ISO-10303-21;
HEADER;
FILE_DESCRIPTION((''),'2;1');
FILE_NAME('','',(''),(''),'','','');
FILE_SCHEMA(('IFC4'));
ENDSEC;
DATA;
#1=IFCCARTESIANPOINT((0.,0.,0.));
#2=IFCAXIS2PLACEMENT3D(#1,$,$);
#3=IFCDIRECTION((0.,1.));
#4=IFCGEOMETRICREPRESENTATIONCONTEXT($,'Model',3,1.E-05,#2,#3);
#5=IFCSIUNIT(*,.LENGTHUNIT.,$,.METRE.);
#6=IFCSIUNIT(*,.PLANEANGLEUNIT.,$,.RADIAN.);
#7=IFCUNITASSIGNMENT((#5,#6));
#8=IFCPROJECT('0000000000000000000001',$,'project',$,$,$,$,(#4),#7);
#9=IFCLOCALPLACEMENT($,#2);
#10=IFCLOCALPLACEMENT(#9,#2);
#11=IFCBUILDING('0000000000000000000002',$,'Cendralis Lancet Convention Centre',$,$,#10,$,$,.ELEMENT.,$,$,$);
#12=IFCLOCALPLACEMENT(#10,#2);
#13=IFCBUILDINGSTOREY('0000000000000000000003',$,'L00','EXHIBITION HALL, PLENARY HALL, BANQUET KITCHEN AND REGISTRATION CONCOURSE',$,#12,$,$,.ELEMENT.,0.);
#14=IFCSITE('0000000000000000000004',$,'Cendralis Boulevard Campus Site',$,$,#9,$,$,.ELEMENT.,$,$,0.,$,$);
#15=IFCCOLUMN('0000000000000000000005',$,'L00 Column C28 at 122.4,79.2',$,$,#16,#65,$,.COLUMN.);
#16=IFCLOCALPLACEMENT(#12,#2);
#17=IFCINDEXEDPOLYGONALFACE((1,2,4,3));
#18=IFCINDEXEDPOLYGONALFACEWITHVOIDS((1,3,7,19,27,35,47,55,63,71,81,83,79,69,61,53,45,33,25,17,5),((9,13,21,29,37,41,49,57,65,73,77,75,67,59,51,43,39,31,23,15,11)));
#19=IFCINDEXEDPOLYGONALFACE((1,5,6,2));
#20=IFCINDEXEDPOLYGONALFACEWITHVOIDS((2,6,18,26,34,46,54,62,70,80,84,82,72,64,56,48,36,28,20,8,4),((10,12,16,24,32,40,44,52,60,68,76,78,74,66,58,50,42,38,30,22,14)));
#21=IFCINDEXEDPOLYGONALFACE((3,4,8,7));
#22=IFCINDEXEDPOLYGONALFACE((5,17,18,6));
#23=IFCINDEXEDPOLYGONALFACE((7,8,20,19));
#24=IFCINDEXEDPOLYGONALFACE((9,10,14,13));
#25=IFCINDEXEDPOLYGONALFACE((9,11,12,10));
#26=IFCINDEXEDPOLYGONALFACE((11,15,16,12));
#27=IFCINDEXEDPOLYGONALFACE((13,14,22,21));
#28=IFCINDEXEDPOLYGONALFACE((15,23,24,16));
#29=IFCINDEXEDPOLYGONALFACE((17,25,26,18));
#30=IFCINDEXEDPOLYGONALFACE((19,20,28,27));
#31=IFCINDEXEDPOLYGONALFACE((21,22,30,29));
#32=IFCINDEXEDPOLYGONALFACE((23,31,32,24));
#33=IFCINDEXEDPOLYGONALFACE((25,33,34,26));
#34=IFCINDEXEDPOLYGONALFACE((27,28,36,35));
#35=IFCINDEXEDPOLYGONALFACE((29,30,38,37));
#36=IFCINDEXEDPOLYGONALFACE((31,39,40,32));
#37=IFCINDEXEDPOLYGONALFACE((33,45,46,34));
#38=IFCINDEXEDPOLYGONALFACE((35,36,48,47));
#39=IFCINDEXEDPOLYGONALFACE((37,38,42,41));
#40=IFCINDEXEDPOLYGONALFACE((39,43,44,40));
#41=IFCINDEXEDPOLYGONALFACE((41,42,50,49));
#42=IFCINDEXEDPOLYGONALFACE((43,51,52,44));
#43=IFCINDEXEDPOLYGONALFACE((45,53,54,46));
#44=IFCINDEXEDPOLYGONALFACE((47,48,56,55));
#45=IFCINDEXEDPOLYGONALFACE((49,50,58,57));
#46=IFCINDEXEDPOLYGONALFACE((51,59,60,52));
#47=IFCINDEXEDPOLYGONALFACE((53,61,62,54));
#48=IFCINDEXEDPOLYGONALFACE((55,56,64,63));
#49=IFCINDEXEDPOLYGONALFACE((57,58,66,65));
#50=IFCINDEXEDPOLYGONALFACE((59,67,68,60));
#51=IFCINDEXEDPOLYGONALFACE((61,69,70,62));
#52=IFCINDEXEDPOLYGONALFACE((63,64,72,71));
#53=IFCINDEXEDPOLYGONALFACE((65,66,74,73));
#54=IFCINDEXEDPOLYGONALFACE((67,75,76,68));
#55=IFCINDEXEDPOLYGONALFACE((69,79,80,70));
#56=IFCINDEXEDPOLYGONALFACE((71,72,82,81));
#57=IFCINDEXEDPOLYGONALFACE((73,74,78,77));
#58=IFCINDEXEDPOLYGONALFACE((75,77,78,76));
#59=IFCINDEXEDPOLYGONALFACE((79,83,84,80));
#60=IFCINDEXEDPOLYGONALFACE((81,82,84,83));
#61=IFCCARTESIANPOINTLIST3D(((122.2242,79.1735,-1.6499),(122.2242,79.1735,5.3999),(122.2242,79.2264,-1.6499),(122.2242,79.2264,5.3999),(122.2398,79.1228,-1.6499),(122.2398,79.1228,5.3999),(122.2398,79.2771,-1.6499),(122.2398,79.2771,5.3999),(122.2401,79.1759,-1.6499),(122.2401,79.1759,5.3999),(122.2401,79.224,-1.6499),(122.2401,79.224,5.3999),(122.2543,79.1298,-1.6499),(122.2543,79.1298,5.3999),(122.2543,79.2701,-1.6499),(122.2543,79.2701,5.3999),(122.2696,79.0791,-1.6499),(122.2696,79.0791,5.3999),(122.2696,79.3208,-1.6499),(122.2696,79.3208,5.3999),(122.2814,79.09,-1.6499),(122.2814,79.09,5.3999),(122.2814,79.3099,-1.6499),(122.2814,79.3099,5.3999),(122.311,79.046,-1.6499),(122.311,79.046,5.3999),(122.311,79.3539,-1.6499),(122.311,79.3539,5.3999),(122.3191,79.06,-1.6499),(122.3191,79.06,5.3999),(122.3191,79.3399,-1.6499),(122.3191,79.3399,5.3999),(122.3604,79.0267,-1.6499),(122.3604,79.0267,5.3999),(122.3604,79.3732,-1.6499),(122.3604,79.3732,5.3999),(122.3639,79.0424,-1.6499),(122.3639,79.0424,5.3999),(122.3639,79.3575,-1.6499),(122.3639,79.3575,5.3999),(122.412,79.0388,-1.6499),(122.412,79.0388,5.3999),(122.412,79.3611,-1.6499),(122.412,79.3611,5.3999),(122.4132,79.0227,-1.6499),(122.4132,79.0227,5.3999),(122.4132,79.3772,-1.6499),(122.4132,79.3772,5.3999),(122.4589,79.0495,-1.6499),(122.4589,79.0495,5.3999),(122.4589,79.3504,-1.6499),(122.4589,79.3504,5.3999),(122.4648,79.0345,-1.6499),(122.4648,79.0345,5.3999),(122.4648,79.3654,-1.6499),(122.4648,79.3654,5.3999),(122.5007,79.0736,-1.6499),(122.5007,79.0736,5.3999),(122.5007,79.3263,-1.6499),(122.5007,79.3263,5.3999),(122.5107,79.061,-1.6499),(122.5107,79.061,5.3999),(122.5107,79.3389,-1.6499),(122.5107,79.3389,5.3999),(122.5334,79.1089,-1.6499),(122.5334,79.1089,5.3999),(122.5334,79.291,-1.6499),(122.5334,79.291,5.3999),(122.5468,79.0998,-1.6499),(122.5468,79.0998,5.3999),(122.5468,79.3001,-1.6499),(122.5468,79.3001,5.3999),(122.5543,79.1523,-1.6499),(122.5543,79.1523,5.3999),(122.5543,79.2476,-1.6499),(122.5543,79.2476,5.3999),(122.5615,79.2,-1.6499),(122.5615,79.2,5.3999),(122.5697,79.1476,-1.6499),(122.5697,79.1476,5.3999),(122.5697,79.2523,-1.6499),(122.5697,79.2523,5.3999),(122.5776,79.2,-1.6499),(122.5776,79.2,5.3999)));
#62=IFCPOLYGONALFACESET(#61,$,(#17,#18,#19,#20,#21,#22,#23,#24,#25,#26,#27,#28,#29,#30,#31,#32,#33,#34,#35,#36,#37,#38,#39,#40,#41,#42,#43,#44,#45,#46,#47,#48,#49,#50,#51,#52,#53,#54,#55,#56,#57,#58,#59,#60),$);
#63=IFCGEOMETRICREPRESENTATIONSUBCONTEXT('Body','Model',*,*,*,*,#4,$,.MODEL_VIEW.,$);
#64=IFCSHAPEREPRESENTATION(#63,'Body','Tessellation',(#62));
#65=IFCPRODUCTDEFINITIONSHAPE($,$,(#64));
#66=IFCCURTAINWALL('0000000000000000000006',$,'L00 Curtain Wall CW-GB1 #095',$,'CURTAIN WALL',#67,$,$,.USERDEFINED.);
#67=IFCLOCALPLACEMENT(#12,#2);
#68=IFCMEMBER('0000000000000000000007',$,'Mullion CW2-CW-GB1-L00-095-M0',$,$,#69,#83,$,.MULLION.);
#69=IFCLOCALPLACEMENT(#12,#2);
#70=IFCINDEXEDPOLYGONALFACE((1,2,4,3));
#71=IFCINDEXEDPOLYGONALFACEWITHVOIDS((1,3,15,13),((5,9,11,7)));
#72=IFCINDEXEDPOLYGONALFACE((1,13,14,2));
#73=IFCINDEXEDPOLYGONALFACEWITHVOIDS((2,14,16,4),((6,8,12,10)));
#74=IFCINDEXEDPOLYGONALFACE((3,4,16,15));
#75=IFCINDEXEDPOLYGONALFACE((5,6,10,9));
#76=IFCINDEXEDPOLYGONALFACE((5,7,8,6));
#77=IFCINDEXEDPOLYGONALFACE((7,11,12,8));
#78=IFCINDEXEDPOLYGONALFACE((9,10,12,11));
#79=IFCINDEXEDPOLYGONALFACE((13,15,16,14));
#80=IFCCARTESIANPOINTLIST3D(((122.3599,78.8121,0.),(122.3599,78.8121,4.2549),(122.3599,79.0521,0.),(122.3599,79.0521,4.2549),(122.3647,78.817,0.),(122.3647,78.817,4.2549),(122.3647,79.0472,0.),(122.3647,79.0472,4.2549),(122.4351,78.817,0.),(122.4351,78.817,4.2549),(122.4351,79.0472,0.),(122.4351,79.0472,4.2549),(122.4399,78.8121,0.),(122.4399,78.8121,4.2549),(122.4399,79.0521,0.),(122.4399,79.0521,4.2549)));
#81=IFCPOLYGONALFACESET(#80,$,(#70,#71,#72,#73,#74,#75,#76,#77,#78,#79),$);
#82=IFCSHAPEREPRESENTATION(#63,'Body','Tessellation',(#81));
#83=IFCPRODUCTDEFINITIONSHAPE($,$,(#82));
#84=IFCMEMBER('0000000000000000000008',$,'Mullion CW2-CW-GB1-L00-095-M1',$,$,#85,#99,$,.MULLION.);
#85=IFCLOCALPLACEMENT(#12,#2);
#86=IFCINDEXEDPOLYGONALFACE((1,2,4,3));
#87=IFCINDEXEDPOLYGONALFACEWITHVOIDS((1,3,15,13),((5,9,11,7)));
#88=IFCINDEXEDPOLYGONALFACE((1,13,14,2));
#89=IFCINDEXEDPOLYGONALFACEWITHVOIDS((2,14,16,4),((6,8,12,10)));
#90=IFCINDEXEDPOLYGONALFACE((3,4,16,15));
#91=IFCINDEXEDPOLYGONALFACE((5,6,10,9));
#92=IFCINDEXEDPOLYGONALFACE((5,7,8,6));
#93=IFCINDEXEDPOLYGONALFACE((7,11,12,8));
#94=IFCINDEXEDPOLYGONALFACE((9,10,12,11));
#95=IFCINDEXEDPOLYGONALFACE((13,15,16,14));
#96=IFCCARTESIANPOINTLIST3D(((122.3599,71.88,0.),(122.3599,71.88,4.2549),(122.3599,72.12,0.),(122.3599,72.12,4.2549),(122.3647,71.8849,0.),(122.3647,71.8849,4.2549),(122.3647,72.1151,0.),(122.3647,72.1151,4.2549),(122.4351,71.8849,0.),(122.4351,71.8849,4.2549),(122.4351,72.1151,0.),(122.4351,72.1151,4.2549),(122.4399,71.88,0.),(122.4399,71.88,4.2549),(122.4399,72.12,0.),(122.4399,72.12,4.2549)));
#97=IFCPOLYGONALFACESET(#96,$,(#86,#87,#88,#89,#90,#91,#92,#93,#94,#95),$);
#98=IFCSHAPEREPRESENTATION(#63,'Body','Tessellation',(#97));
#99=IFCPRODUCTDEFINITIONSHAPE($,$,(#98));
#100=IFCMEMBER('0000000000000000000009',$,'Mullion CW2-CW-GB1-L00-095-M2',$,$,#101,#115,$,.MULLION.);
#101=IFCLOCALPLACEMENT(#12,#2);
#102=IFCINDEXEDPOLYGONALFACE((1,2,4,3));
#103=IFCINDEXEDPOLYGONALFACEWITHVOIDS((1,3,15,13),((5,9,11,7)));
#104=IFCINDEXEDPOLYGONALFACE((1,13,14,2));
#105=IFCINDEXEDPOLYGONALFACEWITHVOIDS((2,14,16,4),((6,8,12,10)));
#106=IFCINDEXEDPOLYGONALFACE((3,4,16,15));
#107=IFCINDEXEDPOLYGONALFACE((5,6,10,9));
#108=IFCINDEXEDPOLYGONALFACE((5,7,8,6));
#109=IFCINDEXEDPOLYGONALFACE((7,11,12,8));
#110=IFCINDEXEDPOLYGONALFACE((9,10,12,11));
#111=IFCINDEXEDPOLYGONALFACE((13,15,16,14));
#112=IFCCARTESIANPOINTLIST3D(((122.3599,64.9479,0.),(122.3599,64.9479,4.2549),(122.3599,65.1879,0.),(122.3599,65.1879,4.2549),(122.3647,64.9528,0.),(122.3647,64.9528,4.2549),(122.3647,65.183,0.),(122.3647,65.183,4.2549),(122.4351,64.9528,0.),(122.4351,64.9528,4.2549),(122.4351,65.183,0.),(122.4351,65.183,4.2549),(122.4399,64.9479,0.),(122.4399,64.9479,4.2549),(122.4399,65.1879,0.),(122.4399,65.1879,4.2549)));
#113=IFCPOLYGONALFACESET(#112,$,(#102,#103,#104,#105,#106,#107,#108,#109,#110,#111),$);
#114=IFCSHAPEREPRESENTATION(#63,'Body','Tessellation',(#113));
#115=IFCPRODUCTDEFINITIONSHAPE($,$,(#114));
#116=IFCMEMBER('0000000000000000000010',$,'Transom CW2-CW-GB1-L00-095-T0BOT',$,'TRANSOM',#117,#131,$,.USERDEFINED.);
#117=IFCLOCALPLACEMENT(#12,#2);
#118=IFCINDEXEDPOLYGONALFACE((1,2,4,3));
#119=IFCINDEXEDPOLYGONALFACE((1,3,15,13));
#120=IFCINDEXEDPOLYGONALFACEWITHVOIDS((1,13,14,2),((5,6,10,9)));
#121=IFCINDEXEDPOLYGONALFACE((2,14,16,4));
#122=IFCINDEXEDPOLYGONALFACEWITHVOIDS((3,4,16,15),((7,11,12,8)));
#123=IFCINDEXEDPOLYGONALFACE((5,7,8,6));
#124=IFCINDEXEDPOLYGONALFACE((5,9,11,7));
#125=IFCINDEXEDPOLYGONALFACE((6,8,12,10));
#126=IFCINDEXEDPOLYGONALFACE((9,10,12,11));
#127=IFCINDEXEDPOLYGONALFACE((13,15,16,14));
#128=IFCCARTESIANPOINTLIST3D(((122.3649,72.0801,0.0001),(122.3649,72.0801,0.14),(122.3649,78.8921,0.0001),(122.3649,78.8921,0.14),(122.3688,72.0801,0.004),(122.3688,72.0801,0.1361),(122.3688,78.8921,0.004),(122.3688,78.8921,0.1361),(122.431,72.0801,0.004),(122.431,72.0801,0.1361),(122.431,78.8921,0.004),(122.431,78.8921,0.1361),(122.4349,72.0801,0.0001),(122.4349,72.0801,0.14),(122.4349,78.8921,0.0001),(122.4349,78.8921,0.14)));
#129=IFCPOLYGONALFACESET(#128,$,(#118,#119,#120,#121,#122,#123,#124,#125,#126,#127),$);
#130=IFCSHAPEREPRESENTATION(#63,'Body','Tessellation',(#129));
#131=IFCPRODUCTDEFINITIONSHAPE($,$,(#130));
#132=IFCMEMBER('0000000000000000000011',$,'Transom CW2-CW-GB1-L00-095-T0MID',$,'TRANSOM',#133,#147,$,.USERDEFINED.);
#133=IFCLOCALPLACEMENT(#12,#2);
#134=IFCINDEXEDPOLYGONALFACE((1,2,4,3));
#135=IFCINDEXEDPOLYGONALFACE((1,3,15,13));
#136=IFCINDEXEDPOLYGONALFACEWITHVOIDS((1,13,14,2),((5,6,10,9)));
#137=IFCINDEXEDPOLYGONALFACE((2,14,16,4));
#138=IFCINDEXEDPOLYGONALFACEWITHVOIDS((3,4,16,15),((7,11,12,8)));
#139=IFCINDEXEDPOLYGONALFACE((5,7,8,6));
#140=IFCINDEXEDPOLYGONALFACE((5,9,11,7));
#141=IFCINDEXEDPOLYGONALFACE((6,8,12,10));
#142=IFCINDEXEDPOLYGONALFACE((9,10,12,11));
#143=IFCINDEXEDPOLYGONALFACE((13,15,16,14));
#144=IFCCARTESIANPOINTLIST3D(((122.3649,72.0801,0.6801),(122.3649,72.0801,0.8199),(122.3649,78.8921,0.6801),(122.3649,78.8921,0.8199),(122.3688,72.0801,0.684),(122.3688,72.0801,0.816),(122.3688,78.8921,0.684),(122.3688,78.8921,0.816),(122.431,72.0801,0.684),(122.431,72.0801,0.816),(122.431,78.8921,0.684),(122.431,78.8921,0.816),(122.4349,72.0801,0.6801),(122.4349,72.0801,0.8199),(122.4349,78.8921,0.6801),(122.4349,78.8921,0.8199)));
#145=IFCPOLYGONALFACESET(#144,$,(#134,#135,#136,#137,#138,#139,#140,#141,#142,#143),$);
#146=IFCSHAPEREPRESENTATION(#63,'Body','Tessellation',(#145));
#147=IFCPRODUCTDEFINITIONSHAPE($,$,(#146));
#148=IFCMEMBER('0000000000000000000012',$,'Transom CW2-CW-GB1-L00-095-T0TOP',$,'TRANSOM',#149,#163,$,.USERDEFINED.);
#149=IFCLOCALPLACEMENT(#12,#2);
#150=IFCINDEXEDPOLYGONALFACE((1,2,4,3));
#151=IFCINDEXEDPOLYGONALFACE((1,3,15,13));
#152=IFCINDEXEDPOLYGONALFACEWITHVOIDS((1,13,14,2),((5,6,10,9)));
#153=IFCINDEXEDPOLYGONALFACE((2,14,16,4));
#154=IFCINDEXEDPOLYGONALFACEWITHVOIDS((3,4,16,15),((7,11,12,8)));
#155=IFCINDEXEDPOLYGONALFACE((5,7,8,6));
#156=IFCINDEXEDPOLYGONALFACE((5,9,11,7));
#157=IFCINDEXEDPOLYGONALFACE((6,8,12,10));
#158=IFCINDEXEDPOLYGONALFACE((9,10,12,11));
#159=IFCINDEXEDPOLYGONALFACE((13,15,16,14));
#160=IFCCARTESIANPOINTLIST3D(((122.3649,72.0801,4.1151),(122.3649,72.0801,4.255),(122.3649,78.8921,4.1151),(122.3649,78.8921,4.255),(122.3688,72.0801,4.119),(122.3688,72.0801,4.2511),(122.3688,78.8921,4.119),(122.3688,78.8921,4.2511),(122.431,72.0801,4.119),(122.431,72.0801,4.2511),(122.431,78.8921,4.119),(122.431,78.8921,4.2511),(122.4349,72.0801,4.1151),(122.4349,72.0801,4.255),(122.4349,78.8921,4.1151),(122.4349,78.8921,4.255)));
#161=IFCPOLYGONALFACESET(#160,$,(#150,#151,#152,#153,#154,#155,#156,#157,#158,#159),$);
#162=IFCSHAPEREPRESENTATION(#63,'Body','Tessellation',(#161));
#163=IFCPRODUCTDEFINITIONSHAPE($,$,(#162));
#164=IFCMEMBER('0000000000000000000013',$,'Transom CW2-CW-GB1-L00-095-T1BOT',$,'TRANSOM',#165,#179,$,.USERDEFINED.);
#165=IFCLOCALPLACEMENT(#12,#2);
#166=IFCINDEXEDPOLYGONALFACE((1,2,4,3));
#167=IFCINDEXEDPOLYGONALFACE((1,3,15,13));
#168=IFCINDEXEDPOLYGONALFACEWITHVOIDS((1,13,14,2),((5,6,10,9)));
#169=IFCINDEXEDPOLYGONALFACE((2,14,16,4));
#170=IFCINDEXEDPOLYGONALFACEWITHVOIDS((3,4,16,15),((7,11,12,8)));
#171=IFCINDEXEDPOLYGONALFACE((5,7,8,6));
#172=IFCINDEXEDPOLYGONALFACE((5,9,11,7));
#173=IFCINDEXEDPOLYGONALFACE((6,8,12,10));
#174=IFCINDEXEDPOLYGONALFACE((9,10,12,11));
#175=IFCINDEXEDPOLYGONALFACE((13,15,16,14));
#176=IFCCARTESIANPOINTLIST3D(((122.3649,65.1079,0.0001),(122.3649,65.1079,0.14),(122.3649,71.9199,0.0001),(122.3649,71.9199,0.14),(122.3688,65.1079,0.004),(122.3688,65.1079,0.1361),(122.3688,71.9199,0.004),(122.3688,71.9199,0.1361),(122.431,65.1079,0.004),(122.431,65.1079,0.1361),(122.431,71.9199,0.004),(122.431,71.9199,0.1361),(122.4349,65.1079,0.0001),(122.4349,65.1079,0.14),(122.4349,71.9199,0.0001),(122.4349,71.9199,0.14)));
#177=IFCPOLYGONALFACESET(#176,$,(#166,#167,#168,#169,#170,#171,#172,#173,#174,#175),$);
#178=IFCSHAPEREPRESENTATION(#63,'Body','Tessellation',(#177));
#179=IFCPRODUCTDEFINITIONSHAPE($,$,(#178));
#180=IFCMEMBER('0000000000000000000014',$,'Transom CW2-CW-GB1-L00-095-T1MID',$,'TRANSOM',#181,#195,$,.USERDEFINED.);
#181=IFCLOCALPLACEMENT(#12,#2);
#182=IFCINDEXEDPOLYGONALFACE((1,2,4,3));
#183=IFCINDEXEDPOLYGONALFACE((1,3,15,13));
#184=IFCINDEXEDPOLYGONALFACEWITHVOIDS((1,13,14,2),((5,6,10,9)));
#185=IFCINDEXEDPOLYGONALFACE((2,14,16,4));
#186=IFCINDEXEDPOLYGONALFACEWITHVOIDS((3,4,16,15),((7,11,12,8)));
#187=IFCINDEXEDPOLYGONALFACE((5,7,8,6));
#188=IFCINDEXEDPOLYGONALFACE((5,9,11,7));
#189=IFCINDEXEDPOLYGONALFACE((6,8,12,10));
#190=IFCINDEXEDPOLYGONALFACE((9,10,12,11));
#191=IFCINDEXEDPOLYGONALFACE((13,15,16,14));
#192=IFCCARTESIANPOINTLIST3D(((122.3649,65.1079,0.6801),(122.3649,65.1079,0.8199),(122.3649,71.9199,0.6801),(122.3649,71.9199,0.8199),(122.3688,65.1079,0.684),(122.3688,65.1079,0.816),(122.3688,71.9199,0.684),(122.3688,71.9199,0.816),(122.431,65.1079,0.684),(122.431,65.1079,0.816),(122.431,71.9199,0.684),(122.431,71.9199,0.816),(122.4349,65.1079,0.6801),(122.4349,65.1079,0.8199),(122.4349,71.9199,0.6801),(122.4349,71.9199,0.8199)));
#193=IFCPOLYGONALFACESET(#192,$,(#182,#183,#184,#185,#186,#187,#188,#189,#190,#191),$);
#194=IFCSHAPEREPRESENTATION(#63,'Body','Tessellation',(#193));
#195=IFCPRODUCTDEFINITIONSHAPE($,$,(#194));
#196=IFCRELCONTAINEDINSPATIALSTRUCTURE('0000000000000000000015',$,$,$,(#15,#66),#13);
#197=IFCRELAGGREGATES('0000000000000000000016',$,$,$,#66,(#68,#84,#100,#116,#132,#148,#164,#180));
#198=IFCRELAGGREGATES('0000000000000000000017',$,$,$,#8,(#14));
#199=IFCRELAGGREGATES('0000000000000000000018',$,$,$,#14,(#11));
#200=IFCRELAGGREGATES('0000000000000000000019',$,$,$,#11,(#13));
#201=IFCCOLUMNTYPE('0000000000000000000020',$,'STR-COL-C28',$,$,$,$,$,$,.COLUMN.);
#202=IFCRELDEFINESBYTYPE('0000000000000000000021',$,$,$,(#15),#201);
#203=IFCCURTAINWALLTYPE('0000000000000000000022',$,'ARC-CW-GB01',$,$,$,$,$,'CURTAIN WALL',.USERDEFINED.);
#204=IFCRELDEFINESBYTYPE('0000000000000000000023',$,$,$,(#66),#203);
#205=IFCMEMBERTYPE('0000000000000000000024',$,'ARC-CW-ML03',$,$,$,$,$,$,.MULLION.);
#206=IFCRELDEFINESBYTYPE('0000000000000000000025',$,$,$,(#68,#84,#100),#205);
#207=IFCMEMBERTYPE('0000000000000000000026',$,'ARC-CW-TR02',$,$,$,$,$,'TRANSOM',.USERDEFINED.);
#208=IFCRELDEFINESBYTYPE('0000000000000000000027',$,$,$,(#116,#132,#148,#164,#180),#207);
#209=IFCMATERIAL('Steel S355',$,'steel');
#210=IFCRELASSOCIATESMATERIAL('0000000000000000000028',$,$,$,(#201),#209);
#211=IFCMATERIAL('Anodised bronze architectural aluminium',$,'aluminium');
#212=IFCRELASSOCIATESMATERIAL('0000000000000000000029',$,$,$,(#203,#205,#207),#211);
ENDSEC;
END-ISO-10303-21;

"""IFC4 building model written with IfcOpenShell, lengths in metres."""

from ifc_helpers import new_model, si_unit, direction, frame, origin, origin_2d, place, context, subcontext, project, spatial, hollow_rectangle, hollow_circle, extrude, material, material_profile, profile_set, type_object, element, aggregate, save


model = new_model("IFC4")

# Units and contexts
model_context = context("Model", 3, precision=1e-05, world=origin(), true_north=direction((0.0, 1.0)))
body_context = subcontext(model_context, "Body", "Model", "MODEL_VIEW")
ifc_project = project(units=[si_unit("LENGTHUNIT", "METRE"), si_unit("PLANEANGLEUNIT", "RADIAN")], contexts=[model_context])

# Site, building, storey
site_placement = place(None, origin())
site = spatial("IfcSite", under=ifc_project, at=site_placement, Name="Cendralis Boulevard Campus Site", CompositionType="ELEMENT", RefElevation=0.0)
building_placement = place(site_placement, origin())
building = spatial("IfcBuilding", under=site, at=building_placement, Name="Cendralis Lancet Convention Centre", CompositionType="ELEMENT")
storey_placement = place(building_placement, origin())
storey = spatial("IfcBuildingStorey", under=building, at=storey_placement, Name="L00", Description="EXHIBITION HALL, PLENARY HALL, BANQUET KITCHEN AND REGISTRATION CONCOURSE", CompositionType="ELEMENT", Elevation=0.0)

# Column
ifc_material_1 = material(Name="Steel S355", Category="steel")
ifc_material_profile_1 = material_profile(ifc_material_1, hollow_circle(Radius=0.1777, WallThickness=0.0161, at=origin_2d()), Name="CHS 355.6x16.0")
ifc_profile_set_1 = profile_set([ifc_material_profile_1], Name="Steel S355")
column_type_1 = type_object("IfcColumnType", Name="STR-COL-C28", PredefinedType="COLUMN", material=ifc_profile_set_1)
column_placement = place(storey_placement, frame((122.3999, 79.2, -1.6499), z_axis=(0.0, 0.0, 1.0), x_axis=(1.0, 0.0, 0.0)))
element("IfcColumn", 1, at=column_placement, inside=storey, type_object=column_type_1, Name="L00 Column C28 at 122.4,79.2", PredefinedType="COLUMN", context=body_context, shape_type="SweptSolid", body=[
    extrude(hollow_circle(Radius=0.1777, WallThickness=0.0161, at=origin_2d()), origin(), (0.0, 0.0, 1.0), 7.0498),
])

# Curtain wall, members
ifc_material_2 = material(Name="Anodised bronze architectural aluminium", Category="aluminium")
curtain_wall_type = type_object("IfcCurtainWallType", Name="ARC-CW-GB01", ElementType="CURTAIN WALL", PredefinedType="USERDEFINED", material=ifc_material_2)
curtain_wall_placement = place(storey_placement, origin())
curtain_wall = element("IfcCurtainWall", 2, at=curtain_wall_placement, inside=storey, type_object=curtain_wall_type, Name="L00 Curtain Wall CW-GB1 #095", ObjectType="CURTAIN WALL", PredefinedType="USERDEFINED")
ifc_material_profile_2 = material_profile(ifc_material_2, hollow_rectangle(XDim=0.0801, YDim=0.24, WallThickness=0.0049, at=origin_2d()), Name="AL-MULL 80x240x5.0")
ifc_profile_set_2 = profile_set([ifc_material_profile_2], Name="Anodised bronze architectural aluminium")
member_type_1 = type_object("IfcMemberType", Name="ARC-CW-ML03", PredefinedType="MULLION", material=ifc_profile_set_2)
member_1_placement = place(storey_placement, frame((122.3999, 78.9321, 0.0), z_axis=(0.0, 0.0, 1.0), x_axis=(1.0, 0.0, 0.0)))
member_1 = element("IfcMember", 3, at=member_1_placement, type_object=member_type_1, Name="Mullion CW2-CW-GB1-L00-095-M0", PredefinedType="MULLION", context=body_context, shape_type="SweptSolid", body=[
    extrude(hollow_rectangle(XDim=0.0801, YDim=0.24, WallThickness=0.0049, at=origin_2d()), origin(), (0.0, 0.0, 1.0), 4.2549),
])
member_2_placement = place(storey_placement, frame((122.3999, 72.0, 0.0), z_axis=(0.0, 0.0, 1.0), x_axis=(1.0, 0.0, 0.0)))
member_2 = element("IfcMember", 4, at=member_2_placement, type_object=member_type_1, Name="Mullion CW2-CW-GB1-L00-095-M1", PredefinedType="MULLION", context=body_context, shape_type="SweptSolid", body=[
    extrude(hollow_rectangle(XDim=0.0801, YDim=0.24, WallThickness=0.0049, at=origin_2d()), origin(), (0.0, 0.0, 1.0), 4.2549),
])
member_3_placement = place(storey_placement, frame((122.3999, 65.0679, 0.0), z_axis=(0.0, 0.0, 1.0), x_axis=(1.0, 0.0, 0.0)))
member_3 = element("IfcMember", 5, at=member_3_placement, type_object=member_type_1, Name="Mullion CW2-CW-GB1-L00-095-M2", PredefinedType="MULLION", context=body_context, shape_type="SweptSolid", body=[
    extrude(hollow_rectangle(XDim=0.0801, YDim=0.24, WallThickness=0.0049, at=origin_2d()), origin(), (0.0, 0.0, 1.0), 4.2549),
])
ifc_material_profile_3 = material_profile(ifc_material_2, hollow_rectangle(XDim=0.0701, YDim=0.1399, WallThickness=0.0039, at=origin_2d()), Name="AL-TRAN 70x140x4.0")
ifc_profile_set_3 = profile_set([ifc_material_profile_3], Name="Anodised bronze architectural aluminium")
member_type_2 = type_object("IfcMemberType", Name="ARC-CW-TR02", ElementType="TRANSOM", PredefinedType="USERDEFINED", material=ifc_profile_set_3)
member_4_placement = place(storey_placement, frame((122.3999, 78.8921, 0.0701), z_axis=(0.0, -1.0, 0.0), x_axis=(1.0, 0.0, 0.0)))
member_4 = element("IfcMember", 6, at=member_4_placement, type_object=member_type_2, Name="Transom CW2-CW-GB1-L00-095-T0BOT", ObjectType="TRANSOM", PredefinedType="USERDEFINED", context=body_context, shape_type="SweptSolid", body=[
    extrude(hollow_rectangle(XDim=0.0701, YDim=0.1399, WallThickness=0.0039, at=origin_2d()), origin(), (0.0, 0.0, 1.0), 6.812),
])
member_5_placement = place(storey_placement, frame((122.3999, 78.8921, 0.75), z_axis=(0.0, -1.0, 0.0), x_axis=(1.0, 0.0, 0.0)))
member_5 = element("IfcMember", 7, at=member_5_placement, type_object=member_type_2, Name="Transom CW2-CW-GB1-L00-095-T0MID", ObjectType="TRANSOM", PredefinedType="USERDEFINED", context=body_context, shape_type="SweptSolid", body=[
    extrude(hollow_rectangle(XDim=0.0701, YDim=0.1399, WallThickness=0.0039, at=origin_2d()), origin(), (0.0, 0.0, 1.0), 6.812),
])
member_6_placement = place(storey_placement, frame((122.3999, 78.8921, 4.1851), z_axis=(0.0, -1.0, 0.0), x_axis=(1.0, 0.0, 0.0)))
member_6 = element("IfcMember", 8, at=member_6_placement, type_object=member_type_2, Name="Transom CW2-CW-GB1-L00-095-T0TOP", ObjectType="TRANSOM", PredefinedType="USERDEFINED", context=body_context, shape_type="SweptSolid", body=[
    extrude(hollow_rectangle(XDim=0.0701, YDim=0.1399, WallThickness=0.0039, at=origin_2d()), origin(), (0.0, 0.0, 1.0), 6.812),
])
member_7_placement = place(storey_placement, frame((122.3999, 71.9199, 0.0701), z_axis=(0.0, -1.0, 0.0), x_axis=(1.0, 0.0, 0.0)))
member_7 = element("IfcMember", 9, at=member_7_placement, type_object=member_type_2, Name="Transom CW2-CW-GB1-L00-095-T1BOT", ObjectType="TRANSOM", PredefinedType="USERDEFINED", context=body_context, shape_type="SweptSolid", body=[
    extrude(hollow_rectangle(XDim=0.0701, YDim=0.1399, WallThickness=0.0039, at=origin_2d()), origin(), (0.0, 0.0, 1.0), 6.812),
])
member_8_placement = place(storey_placement, frame((122.3999, 71.9199, 0.75), z_axis=(0.0, -1.0, 0.0), x_axis=(1.0, 0.0, 0.0)))
member_8 = element("IfcMember", 10, at=member_8_placement, type_object=member_type_2, Name="Transom CW2-CW-GB1-L00-095-T1MID", ObjectType="TRANSOM", PredefinedType="USERDEFINED", context=body_context, shape_type="SweptSolid", body=[
    extrude(hollow_rectangle(XDim=0.0701, YDim=0.1399, WallThickness=0.0039, at=origin_2d()), origin(), (0.0, 0.0, 1.0), 6.812),
])

aggregate(curtain_wall, [member_1, member_2, member_3, member_4, member_5, member_6, member_7, member_8])

save(model, "model.ifc")
